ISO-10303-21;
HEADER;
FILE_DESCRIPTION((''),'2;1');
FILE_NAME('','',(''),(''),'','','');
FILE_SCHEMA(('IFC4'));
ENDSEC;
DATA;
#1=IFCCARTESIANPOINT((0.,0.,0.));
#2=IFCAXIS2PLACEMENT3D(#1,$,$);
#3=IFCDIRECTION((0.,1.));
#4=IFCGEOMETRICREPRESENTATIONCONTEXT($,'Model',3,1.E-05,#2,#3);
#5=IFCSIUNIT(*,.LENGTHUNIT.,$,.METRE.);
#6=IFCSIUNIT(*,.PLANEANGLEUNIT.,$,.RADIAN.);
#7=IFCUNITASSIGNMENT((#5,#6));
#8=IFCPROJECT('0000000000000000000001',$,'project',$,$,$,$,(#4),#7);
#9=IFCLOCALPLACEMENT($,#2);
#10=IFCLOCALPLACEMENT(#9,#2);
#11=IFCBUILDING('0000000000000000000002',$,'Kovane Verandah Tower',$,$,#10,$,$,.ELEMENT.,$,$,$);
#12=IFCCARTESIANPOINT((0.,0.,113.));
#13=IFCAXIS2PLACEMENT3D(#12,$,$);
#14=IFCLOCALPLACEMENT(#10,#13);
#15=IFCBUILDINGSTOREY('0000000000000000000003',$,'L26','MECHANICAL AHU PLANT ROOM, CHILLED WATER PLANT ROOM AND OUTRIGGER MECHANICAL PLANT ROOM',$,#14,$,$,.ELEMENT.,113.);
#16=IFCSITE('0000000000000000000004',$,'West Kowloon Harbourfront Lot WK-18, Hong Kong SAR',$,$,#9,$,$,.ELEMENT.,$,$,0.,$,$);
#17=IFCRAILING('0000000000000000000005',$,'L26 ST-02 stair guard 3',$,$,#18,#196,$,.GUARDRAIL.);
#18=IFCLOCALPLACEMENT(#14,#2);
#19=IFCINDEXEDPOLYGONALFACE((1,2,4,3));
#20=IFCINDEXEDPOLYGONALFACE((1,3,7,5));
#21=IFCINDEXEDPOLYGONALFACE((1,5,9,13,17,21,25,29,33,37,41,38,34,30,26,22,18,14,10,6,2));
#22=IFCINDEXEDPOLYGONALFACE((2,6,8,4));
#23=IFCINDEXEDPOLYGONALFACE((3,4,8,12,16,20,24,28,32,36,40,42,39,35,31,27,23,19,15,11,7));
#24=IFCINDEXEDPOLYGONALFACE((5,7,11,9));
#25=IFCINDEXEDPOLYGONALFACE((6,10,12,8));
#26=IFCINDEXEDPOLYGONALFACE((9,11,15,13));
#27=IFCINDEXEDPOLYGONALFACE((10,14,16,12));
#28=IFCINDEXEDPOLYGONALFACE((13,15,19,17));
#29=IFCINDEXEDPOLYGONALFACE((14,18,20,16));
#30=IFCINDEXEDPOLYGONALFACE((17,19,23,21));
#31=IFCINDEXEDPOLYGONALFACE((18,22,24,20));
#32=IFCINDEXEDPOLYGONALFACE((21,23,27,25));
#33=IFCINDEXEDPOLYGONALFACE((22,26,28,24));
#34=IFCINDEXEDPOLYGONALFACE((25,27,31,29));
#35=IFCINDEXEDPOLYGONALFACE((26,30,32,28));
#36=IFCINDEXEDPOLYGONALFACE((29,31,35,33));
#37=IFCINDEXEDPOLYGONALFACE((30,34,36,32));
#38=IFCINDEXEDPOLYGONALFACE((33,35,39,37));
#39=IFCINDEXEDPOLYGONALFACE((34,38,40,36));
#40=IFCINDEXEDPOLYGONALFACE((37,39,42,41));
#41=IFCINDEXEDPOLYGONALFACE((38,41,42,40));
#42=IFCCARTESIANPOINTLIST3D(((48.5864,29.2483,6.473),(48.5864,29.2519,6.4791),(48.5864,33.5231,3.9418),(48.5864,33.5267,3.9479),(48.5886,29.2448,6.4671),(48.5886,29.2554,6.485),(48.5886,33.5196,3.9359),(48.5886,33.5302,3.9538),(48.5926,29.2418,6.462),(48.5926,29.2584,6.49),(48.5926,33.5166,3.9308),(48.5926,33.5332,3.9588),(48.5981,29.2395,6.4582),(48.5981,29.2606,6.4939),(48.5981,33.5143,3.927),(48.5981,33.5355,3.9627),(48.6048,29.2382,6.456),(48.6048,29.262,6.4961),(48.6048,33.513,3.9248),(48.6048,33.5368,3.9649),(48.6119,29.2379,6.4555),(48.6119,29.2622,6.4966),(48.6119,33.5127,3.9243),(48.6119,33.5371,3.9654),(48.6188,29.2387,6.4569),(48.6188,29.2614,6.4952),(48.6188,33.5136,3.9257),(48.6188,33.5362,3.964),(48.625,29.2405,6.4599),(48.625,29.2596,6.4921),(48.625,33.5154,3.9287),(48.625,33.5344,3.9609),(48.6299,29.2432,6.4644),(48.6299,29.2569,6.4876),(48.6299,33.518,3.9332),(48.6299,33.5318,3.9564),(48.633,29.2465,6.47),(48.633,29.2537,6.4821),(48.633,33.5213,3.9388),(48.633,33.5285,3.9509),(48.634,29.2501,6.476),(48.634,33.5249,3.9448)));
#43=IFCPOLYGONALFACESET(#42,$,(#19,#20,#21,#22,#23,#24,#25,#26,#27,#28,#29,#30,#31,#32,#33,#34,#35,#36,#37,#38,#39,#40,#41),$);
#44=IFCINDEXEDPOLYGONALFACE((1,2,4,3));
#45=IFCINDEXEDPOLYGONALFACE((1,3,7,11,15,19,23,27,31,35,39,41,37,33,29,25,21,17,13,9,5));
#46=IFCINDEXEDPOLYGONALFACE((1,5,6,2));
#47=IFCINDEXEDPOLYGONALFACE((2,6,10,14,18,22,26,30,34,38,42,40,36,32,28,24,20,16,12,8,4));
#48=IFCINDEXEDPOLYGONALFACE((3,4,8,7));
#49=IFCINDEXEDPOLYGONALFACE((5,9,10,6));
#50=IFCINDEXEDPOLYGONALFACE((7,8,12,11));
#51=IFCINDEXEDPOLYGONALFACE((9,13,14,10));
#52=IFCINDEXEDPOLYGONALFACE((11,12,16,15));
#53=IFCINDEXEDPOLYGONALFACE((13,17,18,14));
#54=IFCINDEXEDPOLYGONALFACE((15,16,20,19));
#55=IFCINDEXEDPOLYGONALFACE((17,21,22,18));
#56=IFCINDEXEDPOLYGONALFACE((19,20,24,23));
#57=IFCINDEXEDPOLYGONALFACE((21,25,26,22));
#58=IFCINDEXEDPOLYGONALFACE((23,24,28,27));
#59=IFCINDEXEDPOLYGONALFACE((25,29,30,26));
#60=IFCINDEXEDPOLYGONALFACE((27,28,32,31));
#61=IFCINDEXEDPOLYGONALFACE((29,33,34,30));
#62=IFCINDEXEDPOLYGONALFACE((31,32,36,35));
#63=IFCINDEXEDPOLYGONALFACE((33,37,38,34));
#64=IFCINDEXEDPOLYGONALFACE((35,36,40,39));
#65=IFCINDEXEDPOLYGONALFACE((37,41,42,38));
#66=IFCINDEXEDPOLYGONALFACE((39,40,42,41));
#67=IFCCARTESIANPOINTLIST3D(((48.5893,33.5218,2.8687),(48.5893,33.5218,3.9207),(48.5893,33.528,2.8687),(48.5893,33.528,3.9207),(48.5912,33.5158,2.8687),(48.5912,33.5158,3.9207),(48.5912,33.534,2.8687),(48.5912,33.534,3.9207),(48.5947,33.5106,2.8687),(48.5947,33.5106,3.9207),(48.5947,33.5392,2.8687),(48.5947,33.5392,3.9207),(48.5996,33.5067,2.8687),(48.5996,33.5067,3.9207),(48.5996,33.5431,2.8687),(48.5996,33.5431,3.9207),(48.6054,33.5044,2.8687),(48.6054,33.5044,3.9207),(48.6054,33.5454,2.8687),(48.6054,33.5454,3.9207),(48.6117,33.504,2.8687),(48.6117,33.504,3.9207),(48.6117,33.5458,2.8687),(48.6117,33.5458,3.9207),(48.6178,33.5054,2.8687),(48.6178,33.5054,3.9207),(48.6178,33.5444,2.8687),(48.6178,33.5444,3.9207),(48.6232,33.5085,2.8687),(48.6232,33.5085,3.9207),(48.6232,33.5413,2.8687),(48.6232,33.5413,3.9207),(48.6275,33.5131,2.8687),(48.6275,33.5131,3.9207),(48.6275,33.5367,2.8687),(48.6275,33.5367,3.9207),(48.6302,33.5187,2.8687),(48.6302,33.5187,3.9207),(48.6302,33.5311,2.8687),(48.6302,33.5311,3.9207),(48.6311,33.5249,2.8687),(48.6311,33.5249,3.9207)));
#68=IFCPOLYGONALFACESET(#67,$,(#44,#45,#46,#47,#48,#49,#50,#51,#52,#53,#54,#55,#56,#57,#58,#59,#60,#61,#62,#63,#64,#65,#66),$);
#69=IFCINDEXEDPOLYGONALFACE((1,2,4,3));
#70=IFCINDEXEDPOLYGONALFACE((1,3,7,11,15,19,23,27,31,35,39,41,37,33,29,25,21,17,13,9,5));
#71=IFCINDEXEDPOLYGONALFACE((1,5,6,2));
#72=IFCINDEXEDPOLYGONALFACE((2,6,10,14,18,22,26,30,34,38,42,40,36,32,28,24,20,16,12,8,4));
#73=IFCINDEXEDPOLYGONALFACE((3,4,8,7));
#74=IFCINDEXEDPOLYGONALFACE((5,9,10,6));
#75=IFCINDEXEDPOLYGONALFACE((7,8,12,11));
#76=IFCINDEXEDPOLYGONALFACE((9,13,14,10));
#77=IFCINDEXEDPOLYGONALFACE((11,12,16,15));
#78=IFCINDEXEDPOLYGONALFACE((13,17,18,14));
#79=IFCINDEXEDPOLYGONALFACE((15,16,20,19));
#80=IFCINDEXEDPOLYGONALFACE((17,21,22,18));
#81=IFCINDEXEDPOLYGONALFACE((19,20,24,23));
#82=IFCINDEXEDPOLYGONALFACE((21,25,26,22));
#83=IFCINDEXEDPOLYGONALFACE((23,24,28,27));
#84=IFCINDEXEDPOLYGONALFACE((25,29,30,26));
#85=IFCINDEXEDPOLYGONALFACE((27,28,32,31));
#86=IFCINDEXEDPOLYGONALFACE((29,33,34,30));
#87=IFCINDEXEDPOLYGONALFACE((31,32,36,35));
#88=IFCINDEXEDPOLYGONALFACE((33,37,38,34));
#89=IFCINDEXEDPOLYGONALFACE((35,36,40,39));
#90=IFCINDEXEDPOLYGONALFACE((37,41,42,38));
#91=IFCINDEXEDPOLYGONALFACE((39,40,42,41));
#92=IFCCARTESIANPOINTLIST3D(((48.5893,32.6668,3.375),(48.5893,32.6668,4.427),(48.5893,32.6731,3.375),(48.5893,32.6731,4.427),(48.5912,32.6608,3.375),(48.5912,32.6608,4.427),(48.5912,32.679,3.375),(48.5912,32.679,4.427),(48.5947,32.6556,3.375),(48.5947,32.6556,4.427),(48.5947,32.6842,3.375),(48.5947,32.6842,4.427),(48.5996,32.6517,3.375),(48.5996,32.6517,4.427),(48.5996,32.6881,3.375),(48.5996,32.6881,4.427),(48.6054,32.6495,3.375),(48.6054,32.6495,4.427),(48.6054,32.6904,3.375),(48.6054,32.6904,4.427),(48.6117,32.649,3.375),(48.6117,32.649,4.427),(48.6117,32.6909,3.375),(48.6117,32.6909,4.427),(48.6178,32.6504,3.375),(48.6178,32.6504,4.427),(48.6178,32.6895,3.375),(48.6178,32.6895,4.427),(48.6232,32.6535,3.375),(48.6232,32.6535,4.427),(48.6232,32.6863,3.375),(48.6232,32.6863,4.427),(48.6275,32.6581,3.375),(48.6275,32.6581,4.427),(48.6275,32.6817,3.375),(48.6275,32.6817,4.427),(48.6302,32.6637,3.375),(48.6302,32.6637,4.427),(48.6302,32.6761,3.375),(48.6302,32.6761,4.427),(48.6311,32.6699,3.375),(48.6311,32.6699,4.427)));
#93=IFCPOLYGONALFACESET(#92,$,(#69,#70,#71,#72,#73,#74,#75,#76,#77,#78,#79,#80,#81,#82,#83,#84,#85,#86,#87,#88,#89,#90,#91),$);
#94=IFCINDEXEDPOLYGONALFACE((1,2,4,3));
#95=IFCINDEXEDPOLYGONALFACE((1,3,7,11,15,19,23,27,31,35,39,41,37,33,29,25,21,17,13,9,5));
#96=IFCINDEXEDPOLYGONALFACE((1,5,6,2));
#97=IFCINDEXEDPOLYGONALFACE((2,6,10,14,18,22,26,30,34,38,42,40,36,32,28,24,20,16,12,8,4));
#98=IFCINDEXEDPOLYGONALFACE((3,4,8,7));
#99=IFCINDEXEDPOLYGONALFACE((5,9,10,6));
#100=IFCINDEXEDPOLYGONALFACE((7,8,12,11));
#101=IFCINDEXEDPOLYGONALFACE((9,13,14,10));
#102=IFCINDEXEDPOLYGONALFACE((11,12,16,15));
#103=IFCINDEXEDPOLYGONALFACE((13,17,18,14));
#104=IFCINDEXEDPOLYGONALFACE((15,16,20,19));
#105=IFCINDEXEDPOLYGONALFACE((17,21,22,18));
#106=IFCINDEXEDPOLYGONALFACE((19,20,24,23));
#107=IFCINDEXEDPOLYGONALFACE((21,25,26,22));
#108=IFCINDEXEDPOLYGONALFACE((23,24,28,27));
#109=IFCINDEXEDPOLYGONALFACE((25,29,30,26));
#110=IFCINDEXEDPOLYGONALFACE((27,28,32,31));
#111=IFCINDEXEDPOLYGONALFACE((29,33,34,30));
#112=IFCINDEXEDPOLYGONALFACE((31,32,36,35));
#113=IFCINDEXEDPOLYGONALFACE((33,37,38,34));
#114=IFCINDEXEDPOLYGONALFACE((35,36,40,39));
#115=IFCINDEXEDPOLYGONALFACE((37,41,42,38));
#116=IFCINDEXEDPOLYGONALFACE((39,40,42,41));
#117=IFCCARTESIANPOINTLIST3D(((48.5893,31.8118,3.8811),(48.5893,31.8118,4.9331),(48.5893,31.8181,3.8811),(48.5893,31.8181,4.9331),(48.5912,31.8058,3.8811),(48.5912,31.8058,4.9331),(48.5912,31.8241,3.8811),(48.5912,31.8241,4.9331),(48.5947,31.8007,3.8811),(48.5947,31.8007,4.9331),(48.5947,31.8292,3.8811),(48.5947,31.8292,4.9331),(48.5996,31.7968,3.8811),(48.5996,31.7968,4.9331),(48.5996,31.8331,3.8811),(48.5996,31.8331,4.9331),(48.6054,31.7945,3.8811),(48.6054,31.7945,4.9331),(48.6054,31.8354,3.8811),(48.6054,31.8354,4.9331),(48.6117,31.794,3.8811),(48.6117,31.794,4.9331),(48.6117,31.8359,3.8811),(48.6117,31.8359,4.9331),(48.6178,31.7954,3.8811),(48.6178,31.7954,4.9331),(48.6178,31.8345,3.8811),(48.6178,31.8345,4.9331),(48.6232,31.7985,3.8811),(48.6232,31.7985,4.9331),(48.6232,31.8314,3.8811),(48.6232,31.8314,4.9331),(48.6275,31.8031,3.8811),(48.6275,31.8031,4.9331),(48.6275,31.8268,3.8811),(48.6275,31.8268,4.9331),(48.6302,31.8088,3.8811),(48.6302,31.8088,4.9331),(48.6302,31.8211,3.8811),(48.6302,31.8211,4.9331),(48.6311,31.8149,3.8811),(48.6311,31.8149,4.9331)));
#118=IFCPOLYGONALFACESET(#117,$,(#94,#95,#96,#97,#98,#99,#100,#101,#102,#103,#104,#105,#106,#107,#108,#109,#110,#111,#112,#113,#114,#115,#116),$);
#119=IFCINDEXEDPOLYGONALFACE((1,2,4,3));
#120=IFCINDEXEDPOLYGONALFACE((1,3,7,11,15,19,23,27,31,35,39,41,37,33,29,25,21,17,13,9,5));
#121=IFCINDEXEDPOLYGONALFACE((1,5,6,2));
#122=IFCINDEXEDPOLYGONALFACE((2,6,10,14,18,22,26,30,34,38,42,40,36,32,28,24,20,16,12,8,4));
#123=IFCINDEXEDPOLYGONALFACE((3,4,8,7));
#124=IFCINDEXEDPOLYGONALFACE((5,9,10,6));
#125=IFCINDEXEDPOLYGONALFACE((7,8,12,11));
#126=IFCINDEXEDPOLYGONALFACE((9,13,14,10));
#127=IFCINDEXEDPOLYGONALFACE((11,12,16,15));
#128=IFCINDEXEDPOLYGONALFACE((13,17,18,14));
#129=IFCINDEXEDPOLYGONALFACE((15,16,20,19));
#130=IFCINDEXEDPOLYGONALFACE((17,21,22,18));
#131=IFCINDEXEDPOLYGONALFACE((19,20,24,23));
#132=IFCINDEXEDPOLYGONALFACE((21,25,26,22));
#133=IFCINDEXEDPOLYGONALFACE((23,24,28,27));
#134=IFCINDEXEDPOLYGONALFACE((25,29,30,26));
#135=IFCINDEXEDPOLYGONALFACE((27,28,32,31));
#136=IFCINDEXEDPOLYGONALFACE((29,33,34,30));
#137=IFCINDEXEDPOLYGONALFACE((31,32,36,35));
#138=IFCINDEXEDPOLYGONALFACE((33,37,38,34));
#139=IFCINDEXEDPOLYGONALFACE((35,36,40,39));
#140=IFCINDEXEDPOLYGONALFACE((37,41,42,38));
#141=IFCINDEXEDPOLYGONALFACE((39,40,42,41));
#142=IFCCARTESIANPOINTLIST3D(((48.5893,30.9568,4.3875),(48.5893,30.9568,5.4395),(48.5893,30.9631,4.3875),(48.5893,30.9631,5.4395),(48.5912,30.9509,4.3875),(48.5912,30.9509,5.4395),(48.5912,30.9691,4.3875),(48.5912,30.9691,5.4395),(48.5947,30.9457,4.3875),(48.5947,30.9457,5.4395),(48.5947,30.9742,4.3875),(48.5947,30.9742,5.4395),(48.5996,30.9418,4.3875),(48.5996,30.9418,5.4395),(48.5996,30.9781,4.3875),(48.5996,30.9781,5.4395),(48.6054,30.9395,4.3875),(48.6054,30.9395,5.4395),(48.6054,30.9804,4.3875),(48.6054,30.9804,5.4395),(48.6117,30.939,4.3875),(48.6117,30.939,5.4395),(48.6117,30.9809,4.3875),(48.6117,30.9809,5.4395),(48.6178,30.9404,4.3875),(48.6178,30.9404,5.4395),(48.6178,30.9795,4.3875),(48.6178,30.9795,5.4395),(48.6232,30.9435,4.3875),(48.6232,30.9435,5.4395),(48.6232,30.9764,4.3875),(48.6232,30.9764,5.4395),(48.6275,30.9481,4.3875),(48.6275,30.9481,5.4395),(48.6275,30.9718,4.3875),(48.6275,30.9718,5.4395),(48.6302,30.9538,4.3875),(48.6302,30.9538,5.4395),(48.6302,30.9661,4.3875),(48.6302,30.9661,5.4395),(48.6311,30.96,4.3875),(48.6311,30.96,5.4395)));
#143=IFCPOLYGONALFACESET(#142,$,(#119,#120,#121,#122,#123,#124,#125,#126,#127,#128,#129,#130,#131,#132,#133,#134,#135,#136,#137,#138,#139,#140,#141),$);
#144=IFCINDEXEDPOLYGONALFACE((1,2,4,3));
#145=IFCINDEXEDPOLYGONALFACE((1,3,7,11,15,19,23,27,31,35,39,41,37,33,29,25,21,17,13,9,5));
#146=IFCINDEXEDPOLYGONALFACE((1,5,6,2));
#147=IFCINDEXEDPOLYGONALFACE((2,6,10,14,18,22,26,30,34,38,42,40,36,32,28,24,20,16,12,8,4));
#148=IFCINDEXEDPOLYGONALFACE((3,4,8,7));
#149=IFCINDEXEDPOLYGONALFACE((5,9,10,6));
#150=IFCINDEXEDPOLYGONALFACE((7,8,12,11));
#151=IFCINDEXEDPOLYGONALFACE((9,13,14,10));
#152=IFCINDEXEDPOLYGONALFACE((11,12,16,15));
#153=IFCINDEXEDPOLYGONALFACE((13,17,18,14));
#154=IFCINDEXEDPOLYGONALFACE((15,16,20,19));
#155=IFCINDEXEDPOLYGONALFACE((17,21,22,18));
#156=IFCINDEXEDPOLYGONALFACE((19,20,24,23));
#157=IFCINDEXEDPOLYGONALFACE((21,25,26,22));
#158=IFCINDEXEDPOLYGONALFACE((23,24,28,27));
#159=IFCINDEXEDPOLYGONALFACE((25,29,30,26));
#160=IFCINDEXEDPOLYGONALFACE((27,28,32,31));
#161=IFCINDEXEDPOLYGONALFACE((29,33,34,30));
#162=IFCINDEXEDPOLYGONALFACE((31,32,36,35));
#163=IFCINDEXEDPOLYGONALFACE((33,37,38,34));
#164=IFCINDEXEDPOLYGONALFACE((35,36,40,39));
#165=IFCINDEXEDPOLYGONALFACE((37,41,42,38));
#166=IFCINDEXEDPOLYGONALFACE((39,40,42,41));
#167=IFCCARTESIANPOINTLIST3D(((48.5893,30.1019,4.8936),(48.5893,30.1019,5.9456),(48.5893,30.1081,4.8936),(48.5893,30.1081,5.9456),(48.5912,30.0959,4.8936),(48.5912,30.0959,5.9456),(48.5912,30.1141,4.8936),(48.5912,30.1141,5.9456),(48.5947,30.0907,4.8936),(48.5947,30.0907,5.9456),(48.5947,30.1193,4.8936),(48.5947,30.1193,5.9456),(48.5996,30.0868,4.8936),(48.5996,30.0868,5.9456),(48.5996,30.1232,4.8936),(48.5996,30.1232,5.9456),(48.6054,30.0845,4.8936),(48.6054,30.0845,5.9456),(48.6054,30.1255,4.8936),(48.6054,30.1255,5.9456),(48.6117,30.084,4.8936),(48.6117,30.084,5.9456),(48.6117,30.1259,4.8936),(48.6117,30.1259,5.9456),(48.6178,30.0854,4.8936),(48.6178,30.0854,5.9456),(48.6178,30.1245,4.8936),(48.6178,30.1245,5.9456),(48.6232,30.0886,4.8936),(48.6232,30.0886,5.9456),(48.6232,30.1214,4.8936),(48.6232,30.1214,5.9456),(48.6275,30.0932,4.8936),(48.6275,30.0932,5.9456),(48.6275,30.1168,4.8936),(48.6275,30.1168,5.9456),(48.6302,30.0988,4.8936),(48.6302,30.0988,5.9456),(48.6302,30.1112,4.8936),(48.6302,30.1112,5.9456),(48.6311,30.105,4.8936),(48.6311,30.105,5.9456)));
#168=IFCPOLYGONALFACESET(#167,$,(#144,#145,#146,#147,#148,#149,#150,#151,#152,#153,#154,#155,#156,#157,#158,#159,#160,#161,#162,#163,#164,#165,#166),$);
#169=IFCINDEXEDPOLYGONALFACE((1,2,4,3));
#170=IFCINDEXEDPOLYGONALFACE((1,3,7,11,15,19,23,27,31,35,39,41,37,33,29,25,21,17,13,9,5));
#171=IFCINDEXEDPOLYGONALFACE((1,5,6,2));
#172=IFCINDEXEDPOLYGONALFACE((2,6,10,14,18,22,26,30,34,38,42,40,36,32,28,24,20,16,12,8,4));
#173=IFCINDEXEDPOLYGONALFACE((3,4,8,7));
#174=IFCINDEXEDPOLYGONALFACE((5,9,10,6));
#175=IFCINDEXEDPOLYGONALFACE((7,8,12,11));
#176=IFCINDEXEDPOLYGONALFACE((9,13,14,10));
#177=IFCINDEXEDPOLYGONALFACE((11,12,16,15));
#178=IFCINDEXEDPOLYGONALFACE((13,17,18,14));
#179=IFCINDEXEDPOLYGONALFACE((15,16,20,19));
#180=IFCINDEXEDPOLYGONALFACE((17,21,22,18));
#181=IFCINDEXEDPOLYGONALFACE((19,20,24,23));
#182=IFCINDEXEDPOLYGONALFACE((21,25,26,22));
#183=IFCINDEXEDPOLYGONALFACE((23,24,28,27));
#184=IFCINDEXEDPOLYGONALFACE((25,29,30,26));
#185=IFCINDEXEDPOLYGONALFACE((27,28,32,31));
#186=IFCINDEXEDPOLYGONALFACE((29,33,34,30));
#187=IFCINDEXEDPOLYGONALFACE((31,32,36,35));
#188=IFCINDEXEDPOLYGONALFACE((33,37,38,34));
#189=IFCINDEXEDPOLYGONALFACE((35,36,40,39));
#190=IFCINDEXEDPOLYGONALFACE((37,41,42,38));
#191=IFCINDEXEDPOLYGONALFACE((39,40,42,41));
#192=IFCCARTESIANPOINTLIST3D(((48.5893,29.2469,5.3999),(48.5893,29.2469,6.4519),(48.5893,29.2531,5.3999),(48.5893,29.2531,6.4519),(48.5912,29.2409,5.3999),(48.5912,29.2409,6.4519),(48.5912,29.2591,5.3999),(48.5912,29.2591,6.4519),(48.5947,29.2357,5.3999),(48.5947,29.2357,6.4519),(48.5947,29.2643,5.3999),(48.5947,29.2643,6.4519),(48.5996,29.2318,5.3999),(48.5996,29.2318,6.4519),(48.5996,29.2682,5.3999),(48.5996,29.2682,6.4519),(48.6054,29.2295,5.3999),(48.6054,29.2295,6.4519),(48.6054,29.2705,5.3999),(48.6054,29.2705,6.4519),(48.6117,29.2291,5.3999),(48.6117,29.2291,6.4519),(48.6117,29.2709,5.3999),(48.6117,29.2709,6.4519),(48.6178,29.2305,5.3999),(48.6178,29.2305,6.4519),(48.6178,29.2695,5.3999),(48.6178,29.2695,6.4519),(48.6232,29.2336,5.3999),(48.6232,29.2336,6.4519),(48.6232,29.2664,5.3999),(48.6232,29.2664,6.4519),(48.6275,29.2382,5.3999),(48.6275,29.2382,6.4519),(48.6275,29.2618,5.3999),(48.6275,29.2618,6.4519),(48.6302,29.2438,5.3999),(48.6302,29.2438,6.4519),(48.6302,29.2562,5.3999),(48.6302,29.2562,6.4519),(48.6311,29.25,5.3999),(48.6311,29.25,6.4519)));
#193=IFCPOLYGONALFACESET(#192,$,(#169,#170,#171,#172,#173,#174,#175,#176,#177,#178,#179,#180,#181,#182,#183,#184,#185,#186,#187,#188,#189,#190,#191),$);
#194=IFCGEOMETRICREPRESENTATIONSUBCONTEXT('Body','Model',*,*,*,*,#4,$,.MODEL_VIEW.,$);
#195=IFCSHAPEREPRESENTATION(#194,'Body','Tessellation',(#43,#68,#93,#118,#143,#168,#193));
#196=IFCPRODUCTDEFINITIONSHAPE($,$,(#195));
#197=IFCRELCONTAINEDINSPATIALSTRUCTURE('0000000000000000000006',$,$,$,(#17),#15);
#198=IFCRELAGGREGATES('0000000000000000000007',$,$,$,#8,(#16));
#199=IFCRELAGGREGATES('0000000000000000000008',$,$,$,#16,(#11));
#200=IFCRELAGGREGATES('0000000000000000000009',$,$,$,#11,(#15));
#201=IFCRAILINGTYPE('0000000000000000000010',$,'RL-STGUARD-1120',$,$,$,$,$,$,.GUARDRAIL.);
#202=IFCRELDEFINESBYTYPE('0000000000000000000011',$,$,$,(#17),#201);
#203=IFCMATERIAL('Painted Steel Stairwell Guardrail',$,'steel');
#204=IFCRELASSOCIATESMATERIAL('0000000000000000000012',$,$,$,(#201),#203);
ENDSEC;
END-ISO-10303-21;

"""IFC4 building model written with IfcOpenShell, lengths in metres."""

from ifc_helpers import new_model, si_unit, direction, frame, origin, origin_2d, place, context, subcontext, project, spatial, circle, extrude, material, type_object, element, save


model = new_model("IFC4")

# Units and contexts
model_context = context("Model", 3, precision=1e-05, world=origin(), true_north=direction((0.0, 1.0)))
body_context = subcontext(model_context, "Body", "Model", "MODEL_VIEW")
ifc_project = project(units=[si_unit("LENGTHUNIT", "METRE"), si_unit("PLANEANGLEUNIT", "RADIAN")], contexts=[model_context])

# Site, building, storey
site_placement = place(None, origin())
site = spatial("IfcSite", under=ifc_project, at=site_placement, Name="West Kowloon Harbourfront Lot WK-18, Hong Kong SAR", CompositionType="ELEMENT", RefElevation=0.0)
building_placement = place(site_placement, origin())
building = spatial("IfcBuilding", under=site, at=building_placement, Name="Kovane Verandah Tower", CompositionType="ELEMENT")
storey_placement = place(building_placement, frame((0.0, 0.0, 113.0)))
storey = spatial("IfcBuildingStorey", under=building, at=storey_placement, Name="L26", Description="MECHANICAL AHU PLANT ROOM, CHILLED WATER PLANT ROOM AND OUTRIGGER MECHANICAL PLANT ROOM", CompositionType="ELEMENT", Elevation=113.0)

# Railing
ifc_material_1 = material(Name="Painted Steel Stairwell Guardrail", Category="steel")
railing_type_1 = type_object("IfcRailingType", Name="RL-STGUARD-1120", PredefinedType="GUARDRAIL", material=ifc_material_1)
railing_1_placement = place(storey_placement, frame((48.6101, 33.5249, 2.8687)))
element("IfcRailing", 1, at=railing_1_placement, inside=storey, type_object=railing_type_1, Name="L26 ST-02 stair guard 3", PredefinedType="GUARDRAIL", context=body_context, shape_type="SweptSolid", body=[
    extrude(circle(Radius=0.0239, at=origin_2d()), frame((0.0, 0.0, 1.0762), z_axis=(0.0, -0.86047, 0.509501), x_axis=(1.0, 0.0, 0.0)), (0.0, 0.0, 1.0), 4.968),
    extrude(circle(Radius=0.021, at=origin_2d()), origin(), (0.0, 0.0, 1.0), 1.052),
    extrude(circle(Radius=0.021, at=origin_2d()), frame((0.0, -0.855, 0.5063)), (0.0, 0.0, 1.0), 1.052),
    extrude(circle(Radius=0.021, at=origin_2d()), frame((0.0, -1.71, 1.0125)), (0.0, 0.0, 1.0), 1.052),
    extrude(circle(Radius=0.021, at=origin_2d()), frame((0.0, -2.5649, 1.5188)), (0.0, 0.0, 1.0), 1.052),
    extrude(circle(Radius=0.021, at=origin_2d()), frame((0.0, -3.4199, 2.0249)), (0.0, 0.0, 1.0), 1.052),
    extrude(circle(Radius=0.021, at=origin_2d()), frame((0.0, -4.2749, 2.5312)), (0.0, 0.0, 1.0), 1.052),
])

save(model, "model.ifc")
